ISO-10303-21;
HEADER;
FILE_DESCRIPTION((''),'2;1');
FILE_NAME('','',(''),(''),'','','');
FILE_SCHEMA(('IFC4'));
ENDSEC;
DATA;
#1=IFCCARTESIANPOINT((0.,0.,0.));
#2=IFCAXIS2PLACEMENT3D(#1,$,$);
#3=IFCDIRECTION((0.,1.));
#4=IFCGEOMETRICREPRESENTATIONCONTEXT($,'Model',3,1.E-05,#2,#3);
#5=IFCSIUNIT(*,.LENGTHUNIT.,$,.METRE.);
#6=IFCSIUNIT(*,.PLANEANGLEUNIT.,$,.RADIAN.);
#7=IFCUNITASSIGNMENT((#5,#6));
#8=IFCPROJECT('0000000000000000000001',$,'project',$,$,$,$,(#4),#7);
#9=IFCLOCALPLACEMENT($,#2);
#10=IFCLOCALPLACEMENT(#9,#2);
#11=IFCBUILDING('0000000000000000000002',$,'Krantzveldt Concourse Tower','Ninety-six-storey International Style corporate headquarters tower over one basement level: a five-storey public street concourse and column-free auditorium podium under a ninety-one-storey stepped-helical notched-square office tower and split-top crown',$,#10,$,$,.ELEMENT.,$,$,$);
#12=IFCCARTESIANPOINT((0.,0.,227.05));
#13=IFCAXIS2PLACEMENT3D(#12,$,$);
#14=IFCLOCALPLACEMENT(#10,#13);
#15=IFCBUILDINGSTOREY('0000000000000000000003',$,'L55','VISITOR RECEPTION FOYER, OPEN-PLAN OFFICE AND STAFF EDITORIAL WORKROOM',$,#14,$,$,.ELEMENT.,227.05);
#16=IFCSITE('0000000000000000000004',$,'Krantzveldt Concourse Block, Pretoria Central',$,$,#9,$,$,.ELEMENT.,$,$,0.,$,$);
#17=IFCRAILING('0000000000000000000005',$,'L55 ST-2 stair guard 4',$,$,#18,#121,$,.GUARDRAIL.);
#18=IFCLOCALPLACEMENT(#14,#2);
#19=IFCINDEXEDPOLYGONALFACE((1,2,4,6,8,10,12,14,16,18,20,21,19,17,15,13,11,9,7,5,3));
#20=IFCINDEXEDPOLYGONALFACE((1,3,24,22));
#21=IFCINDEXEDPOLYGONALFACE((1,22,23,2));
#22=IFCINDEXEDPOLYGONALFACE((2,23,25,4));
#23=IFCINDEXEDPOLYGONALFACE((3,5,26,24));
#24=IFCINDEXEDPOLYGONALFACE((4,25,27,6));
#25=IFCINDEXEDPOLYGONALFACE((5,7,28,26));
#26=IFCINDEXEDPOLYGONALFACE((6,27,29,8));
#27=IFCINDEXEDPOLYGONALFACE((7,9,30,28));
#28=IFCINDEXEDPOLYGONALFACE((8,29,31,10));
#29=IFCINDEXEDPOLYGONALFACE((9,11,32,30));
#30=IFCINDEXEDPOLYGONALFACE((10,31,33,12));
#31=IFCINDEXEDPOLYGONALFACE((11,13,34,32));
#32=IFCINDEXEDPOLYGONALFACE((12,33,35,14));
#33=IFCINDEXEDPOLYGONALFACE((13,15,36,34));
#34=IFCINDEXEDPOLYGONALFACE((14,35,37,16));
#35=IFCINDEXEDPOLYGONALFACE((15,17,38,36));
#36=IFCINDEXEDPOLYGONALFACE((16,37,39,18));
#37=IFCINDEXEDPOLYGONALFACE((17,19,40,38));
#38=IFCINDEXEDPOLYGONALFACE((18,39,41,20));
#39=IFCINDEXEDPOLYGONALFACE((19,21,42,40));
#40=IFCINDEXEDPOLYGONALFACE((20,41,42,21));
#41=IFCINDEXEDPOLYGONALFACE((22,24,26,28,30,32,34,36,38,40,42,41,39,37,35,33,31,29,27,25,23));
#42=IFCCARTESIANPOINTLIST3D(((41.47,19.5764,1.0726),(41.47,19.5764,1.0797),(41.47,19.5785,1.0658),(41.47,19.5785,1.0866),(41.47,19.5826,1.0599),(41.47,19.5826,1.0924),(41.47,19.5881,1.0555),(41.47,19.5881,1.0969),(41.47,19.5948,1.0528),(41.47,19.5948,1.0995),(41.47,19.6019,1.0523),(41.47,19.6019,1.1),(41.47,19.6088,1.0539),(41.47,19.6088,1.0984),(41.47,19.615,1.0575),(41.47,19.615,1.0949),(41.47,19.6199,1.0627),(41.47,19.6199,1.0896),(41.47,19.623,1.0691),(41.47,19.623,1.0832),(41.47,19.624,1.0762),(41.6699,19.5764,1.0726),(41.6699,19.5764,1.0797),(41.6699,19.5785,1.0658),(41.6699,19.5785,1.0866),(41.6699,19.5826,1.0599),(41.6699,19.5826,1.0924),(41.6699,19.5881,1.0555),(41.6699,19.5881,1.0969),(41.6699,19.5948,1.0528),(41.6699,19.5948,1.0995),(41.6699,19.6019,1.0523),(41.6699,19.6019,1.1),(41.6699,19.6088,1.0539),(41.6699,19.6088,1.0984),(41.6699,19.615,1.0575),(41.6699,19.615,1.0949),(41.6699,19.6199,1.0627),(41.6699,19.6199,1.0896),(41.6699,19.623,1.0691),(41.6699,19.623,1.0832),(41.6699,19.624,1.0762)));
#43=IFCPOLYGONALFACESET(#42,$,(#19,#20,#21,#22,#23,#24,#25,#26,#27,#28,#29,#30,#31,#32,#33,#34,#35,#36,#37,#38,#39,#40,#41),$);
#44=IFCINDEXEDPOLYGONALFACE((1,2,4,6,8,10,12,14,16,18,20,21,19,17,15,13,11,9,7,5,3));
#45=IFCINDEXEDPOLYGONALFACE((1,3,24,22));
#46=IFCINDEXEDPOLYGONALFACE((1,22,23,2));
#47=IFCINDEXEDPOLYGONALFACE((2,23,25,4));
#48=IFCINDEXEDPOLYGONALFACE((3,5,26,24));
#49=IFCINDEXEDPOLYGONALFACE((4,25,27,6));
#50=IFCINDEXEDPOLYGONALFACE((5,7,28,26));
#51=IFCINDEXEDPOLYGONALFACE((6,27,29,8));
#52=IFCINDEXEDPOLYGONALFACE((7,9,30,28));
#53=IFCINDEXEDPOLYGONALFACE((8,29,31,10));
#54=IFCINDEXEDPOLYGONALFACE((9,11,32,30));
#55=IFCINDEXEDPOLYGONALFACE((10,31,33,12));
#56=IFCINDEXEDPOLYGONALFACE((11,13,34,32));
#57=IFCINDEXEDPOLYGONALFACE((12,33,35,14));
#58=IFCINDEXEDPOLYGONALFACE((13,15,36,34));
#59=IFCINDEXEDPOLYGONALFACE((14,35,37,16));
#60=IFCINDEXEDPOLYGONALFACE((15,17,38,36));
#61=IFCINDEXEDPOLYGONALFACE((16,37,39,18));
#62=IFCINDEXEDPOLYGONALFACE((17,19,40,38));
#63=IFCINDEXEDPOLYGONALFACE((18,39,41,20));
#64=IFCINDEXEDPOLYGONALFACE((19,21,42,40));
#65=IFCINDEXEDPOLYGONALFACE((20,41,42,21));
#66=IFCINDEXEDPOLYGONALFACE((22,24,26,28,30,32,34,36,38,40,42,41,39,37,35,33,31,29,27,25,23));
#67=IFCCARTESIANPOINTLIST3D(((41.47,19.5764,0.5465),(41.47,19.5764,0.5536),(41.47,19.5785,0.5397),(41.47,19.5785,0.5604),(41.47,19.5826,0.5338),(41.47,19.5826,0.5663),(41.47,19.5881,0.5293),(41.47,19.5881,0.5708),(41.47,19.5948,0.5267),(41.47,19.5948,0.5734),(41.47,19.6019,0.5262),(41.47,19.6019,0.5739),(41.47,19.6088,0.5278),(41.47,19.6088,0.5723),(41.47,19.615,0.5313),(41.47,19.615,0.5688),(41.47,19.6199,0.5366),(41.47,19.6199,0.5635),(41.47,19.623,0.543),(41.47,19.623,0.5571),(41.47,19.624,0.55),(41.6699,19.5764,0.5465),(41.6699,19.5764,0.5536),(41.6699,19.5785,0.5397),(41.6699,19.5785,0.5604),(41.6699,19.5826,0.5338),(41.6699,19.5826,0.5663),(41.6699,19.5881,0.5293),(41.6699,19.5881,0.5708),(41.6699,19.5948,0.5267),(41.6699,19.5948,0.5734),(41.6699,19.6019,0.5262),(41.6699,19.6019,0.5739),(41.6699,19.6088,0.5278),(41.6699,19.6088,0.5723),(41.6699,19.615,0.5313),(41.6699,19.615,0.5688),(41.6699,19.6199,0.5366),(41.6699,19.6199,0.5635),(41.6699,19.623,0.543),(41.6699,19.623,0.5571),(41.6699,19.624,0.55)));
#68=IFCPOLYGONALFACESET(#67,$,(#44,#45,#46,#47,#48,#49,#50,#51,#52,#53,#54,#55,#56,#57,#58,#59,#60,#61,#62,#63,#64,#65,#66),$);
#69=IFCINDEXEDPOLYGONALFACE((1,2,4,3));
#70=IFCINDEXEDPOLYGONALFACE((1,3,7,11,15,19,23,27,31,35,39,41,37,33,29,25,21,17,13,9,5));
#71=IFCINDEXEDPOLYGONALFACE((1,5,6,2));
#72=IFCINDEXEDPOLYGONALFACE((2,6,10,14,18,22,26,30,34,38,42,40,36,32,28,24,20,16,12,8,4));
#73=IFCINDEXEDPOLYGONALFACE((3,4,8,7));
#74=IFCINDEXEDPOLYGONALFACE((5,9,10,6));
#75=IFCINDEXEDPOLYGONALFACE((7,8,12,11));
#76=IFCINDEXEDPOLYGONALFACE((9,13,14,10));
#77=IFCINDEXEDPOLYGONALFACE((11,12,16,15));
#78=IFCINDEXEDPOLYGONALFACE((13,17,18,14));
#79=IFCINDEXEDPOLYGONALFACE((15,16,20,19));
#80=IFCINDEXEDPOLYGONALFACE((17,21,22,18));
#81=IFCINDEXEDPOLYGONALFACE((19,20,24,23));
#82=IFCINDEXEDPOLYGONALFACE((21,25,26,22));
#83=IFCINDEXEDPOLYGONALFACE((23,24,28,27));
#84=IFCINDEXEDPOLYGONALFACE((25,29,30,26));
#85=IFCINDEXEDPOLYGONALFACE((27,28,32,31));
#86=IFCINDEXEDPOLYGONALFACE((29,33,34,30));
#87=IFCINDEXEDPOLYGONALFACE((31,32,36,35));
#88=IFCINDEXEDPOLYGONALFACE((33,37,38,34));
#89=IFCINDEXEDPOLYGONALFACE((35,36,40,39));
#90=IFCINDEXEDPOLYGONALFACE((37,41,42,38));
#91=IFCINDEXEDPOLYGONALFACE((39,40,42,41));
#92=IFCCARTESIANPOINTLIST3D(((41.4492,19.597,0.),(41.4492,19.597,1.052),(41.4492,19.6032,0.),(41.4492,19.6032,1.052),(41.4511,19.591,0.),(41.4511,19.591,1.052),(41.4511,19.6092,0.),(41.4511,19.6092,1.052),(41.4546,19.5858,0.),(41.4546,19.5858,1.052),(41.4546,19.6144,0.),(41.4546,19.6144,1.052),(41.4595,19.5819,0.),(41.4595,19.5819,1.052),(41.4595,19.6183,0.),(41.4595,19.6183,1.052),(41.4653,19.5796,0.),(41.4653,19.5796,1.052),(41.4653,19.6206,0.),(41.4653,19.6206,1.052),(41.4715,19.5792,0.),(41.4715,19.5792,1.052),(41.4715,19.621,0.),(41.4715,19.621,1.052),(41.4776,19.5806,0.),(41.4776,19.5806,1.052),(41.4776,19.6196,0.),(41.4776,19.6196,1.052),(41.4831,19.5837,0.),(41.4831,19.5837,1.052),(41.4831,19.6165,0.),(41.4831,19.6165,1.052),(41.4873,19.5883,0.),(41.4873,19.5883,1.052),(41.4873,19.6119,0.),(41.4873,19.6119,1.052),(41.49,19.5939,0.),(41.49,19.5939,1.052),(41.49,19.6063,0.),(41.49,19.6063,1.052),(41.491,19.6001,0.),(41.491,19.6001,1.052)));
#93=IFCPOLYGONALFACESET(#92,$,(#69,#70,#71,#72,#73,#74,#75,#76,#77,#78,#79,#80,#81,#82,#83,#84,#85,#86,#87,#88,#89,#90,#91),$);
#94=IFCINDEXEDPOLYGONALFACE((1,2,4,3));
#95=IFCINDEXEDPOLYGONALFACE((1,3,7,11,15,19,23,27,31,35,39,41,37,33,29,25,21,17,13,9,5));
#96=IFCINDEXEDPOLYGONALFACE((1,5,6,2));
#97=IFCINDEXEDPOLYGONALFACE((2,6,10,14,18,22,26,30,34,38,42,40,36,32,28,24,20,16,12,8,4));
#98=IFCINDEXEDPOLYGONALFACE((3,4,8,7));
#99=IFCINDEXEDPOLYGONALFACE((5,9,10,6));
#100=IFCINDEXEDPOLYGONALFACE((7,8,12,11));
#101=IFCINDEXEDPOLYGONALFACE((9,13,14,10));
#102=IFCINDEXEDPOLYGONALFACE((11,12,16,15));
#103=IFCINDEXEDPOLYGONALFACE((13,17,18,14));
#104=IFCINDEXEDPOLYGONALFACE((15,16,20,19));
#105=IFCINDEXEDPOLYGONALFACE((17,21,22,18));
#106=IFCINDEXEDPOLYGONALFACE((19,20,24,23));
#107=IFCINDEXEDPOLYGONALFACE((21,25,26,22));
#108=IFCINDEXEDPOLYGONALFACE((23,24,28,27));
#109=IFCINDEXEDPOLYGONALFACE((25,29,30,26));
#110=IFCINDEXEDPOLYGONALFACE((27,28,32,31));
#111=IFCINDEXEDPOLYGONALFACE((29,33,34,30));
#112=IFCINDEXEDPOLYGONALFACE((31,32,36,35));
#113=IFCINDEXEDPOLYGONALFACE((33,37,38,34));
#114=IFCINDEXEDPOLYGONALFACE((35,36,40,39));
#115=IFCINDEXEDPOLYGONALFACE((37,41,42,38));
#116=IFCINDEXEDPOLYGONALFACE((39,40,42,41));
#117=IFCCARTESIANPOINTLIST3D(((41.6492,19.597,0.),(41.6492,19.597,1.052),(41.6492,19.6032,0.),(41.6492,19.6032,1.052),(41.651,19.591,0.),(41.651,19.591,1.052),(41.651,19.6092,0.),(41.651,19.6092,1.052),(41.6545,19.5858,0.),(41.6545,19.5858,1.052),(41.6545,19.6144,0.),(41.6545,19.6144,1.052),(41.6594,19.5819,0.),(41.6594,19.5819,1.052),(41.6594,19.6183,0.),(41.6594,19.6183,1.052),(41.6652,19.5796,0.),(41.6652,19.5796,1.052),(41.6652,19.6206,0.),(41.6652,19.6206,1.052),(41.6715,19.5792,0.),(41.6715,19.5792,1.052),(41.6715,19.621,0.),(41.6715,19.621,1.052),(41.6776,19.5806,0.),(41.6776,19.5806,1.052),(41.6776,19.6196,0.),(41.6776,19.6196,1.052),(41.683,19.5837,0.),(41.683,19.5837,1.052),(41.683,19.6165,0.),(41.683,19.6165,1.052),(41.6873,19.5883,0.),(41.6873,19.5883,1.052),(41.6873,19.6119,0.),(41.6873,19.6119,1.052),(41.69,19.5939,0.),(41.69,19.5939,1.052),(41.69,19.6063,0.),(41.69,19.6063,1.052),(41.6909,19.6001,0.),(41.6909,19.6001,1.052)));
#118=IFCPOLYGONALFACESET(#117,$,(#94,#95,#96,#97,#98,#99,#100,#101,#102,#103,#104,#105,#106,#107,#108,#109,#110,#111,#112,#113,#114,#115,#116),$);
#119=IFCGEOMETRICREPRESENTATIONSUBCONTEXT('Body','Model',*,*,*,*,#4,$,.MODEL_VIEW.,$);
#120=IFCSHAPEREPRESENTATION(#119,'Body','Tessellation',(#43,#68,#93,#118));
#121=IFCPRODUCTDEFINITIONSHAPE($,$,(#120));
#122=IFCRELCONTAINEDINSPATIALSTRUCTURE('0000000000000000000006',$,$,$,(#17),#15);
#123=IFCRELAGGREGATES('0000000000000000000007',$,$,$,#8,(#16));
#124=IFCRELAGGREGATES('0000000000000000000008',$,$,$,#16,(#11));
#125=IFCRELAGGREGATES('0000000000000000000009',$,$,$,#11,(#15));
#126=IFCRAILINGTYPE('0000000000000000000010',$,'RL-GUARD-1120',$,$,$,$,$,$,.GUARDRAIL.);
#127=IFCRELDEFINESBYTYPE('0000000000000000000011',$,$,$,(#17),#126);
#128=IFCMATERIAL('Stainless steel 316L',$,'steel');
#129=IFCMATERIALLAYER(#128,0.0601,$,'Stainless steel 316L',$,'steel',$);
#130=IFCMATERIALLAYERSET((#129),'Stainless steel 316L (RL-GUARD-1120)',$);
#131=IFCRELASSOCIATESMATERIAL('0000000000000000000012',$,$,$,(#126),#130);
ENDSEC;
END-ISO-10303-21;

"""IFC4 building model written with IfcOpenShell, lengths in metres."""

from ifc_helpers import new_model, si_unit, direction, frame, origin, origin_2d, place, context, subcontext, project, spatial, circle, extrude, material, layer, layer_set, type_object, element, save


model = new_model("IFC4")

# Units and contexts
model_context = context("Model", 3, precision=1e-05, world=origin(), true_north=direction((0.0, 1.0)))
body_context = subcontext(model_context, "Body", "Model", "MODEL_VIEW")
ifc_project = project(units=[si_unit("LENGTHUNIT", "METRE"), si_unit("PLANEANGLEUNIT", "RADIAN")], contexts=[model_context])

# Site, building, storey
site_placement = place(None, origin())
site = spatial("IfcSite", under=ifc_project, at=site_placement, Name="Krantzveldt Concourse Block, Pretoria Central", CompositionType="ELEMENT", RefElevation=0.0)
building_placement = place(site_placement, origin())
building = spatial("IfcBuilding", under=site, at=building_placement, Name="Krantzveldt Concourse Tower", Description="Ninety-six-storey International Style corporate headquarters tower over one basement level: a five-storey public street concourse and column-free auditorium podium under a ninety-one-storey stepped-helical notched-square office tower and split-top crown", CompositionType="ELEMENT")
storey_placement = place(building_placement, frame((0.0, 0.0, 227.05)))
storey = spatial("IfcBuildingStorey", under=building, at=storey_placement, Name="L55", Description="VISITOR RECEPTION FOYER, OPEN-PLAN OFFICE AND STAFF EDITORIAL WORKROOM", CompositionType="ELEMENT", Elevation=227.05)

# Shared definitions
ifc_material_1 = material(Name="Stainless steel 316L", Category="steel")

# Railing
ifc_layer_1 = layer(ifc_material_1, 0.0601, Name="Stainless steel 316L", Category="steel")
ifc_layer_set_1 = layer_set([ifc_layer_1], Name="Stainless steel 316L (RL-GUARD-1120)")
railing_type_1 = type_object("IfcRailingType", Name="RL-GUARD-1120", PredefinedType="GUARDRAIL", material=ifc_layer_set_1)
railing_1_placement = place(storey_placement, frame((41.47, 19.6001, 0.0)))
element("IfcRailing", 1, at=railing_1_placement, inside=storey, type_object=railing_type_1, Name="L55 ST-2 stair guard 4", PredefinedType="GUARDRAIL", context=body_context, shape_type="SweptSolid", body=[
    extrude(circle(Radius=0.0239, at=origin_2d()), frame((0.0, 0.0, 1.0762), z_axis=(1.0, 0.0, 0.0), x_axis=(0.0, 1.0, 0.0)), (0.0, 0.0, 1.0), 0.2),
    extrude(circle(Radius=0.0239, at=origin_2d()), frame((0.0, 0.0, 0.55), z_axis=(1.0, 0.0, 0.0), x_axis=(0.0, 1.0, 0.0)), (0.0, 0.0, 1.0), 0.2),
    extrude(circle(Radius=0.021, at=origin_2d()), origin(), (0.0, 0.0, 1.0), 1.052),
    extrude(circle(Radius=0.021, at=origin_2d()), frame((0.2, 0.0, 0.0)), (0.0, 0.0, 1.0), 1.052),
])

save(model, "model.ifc")
